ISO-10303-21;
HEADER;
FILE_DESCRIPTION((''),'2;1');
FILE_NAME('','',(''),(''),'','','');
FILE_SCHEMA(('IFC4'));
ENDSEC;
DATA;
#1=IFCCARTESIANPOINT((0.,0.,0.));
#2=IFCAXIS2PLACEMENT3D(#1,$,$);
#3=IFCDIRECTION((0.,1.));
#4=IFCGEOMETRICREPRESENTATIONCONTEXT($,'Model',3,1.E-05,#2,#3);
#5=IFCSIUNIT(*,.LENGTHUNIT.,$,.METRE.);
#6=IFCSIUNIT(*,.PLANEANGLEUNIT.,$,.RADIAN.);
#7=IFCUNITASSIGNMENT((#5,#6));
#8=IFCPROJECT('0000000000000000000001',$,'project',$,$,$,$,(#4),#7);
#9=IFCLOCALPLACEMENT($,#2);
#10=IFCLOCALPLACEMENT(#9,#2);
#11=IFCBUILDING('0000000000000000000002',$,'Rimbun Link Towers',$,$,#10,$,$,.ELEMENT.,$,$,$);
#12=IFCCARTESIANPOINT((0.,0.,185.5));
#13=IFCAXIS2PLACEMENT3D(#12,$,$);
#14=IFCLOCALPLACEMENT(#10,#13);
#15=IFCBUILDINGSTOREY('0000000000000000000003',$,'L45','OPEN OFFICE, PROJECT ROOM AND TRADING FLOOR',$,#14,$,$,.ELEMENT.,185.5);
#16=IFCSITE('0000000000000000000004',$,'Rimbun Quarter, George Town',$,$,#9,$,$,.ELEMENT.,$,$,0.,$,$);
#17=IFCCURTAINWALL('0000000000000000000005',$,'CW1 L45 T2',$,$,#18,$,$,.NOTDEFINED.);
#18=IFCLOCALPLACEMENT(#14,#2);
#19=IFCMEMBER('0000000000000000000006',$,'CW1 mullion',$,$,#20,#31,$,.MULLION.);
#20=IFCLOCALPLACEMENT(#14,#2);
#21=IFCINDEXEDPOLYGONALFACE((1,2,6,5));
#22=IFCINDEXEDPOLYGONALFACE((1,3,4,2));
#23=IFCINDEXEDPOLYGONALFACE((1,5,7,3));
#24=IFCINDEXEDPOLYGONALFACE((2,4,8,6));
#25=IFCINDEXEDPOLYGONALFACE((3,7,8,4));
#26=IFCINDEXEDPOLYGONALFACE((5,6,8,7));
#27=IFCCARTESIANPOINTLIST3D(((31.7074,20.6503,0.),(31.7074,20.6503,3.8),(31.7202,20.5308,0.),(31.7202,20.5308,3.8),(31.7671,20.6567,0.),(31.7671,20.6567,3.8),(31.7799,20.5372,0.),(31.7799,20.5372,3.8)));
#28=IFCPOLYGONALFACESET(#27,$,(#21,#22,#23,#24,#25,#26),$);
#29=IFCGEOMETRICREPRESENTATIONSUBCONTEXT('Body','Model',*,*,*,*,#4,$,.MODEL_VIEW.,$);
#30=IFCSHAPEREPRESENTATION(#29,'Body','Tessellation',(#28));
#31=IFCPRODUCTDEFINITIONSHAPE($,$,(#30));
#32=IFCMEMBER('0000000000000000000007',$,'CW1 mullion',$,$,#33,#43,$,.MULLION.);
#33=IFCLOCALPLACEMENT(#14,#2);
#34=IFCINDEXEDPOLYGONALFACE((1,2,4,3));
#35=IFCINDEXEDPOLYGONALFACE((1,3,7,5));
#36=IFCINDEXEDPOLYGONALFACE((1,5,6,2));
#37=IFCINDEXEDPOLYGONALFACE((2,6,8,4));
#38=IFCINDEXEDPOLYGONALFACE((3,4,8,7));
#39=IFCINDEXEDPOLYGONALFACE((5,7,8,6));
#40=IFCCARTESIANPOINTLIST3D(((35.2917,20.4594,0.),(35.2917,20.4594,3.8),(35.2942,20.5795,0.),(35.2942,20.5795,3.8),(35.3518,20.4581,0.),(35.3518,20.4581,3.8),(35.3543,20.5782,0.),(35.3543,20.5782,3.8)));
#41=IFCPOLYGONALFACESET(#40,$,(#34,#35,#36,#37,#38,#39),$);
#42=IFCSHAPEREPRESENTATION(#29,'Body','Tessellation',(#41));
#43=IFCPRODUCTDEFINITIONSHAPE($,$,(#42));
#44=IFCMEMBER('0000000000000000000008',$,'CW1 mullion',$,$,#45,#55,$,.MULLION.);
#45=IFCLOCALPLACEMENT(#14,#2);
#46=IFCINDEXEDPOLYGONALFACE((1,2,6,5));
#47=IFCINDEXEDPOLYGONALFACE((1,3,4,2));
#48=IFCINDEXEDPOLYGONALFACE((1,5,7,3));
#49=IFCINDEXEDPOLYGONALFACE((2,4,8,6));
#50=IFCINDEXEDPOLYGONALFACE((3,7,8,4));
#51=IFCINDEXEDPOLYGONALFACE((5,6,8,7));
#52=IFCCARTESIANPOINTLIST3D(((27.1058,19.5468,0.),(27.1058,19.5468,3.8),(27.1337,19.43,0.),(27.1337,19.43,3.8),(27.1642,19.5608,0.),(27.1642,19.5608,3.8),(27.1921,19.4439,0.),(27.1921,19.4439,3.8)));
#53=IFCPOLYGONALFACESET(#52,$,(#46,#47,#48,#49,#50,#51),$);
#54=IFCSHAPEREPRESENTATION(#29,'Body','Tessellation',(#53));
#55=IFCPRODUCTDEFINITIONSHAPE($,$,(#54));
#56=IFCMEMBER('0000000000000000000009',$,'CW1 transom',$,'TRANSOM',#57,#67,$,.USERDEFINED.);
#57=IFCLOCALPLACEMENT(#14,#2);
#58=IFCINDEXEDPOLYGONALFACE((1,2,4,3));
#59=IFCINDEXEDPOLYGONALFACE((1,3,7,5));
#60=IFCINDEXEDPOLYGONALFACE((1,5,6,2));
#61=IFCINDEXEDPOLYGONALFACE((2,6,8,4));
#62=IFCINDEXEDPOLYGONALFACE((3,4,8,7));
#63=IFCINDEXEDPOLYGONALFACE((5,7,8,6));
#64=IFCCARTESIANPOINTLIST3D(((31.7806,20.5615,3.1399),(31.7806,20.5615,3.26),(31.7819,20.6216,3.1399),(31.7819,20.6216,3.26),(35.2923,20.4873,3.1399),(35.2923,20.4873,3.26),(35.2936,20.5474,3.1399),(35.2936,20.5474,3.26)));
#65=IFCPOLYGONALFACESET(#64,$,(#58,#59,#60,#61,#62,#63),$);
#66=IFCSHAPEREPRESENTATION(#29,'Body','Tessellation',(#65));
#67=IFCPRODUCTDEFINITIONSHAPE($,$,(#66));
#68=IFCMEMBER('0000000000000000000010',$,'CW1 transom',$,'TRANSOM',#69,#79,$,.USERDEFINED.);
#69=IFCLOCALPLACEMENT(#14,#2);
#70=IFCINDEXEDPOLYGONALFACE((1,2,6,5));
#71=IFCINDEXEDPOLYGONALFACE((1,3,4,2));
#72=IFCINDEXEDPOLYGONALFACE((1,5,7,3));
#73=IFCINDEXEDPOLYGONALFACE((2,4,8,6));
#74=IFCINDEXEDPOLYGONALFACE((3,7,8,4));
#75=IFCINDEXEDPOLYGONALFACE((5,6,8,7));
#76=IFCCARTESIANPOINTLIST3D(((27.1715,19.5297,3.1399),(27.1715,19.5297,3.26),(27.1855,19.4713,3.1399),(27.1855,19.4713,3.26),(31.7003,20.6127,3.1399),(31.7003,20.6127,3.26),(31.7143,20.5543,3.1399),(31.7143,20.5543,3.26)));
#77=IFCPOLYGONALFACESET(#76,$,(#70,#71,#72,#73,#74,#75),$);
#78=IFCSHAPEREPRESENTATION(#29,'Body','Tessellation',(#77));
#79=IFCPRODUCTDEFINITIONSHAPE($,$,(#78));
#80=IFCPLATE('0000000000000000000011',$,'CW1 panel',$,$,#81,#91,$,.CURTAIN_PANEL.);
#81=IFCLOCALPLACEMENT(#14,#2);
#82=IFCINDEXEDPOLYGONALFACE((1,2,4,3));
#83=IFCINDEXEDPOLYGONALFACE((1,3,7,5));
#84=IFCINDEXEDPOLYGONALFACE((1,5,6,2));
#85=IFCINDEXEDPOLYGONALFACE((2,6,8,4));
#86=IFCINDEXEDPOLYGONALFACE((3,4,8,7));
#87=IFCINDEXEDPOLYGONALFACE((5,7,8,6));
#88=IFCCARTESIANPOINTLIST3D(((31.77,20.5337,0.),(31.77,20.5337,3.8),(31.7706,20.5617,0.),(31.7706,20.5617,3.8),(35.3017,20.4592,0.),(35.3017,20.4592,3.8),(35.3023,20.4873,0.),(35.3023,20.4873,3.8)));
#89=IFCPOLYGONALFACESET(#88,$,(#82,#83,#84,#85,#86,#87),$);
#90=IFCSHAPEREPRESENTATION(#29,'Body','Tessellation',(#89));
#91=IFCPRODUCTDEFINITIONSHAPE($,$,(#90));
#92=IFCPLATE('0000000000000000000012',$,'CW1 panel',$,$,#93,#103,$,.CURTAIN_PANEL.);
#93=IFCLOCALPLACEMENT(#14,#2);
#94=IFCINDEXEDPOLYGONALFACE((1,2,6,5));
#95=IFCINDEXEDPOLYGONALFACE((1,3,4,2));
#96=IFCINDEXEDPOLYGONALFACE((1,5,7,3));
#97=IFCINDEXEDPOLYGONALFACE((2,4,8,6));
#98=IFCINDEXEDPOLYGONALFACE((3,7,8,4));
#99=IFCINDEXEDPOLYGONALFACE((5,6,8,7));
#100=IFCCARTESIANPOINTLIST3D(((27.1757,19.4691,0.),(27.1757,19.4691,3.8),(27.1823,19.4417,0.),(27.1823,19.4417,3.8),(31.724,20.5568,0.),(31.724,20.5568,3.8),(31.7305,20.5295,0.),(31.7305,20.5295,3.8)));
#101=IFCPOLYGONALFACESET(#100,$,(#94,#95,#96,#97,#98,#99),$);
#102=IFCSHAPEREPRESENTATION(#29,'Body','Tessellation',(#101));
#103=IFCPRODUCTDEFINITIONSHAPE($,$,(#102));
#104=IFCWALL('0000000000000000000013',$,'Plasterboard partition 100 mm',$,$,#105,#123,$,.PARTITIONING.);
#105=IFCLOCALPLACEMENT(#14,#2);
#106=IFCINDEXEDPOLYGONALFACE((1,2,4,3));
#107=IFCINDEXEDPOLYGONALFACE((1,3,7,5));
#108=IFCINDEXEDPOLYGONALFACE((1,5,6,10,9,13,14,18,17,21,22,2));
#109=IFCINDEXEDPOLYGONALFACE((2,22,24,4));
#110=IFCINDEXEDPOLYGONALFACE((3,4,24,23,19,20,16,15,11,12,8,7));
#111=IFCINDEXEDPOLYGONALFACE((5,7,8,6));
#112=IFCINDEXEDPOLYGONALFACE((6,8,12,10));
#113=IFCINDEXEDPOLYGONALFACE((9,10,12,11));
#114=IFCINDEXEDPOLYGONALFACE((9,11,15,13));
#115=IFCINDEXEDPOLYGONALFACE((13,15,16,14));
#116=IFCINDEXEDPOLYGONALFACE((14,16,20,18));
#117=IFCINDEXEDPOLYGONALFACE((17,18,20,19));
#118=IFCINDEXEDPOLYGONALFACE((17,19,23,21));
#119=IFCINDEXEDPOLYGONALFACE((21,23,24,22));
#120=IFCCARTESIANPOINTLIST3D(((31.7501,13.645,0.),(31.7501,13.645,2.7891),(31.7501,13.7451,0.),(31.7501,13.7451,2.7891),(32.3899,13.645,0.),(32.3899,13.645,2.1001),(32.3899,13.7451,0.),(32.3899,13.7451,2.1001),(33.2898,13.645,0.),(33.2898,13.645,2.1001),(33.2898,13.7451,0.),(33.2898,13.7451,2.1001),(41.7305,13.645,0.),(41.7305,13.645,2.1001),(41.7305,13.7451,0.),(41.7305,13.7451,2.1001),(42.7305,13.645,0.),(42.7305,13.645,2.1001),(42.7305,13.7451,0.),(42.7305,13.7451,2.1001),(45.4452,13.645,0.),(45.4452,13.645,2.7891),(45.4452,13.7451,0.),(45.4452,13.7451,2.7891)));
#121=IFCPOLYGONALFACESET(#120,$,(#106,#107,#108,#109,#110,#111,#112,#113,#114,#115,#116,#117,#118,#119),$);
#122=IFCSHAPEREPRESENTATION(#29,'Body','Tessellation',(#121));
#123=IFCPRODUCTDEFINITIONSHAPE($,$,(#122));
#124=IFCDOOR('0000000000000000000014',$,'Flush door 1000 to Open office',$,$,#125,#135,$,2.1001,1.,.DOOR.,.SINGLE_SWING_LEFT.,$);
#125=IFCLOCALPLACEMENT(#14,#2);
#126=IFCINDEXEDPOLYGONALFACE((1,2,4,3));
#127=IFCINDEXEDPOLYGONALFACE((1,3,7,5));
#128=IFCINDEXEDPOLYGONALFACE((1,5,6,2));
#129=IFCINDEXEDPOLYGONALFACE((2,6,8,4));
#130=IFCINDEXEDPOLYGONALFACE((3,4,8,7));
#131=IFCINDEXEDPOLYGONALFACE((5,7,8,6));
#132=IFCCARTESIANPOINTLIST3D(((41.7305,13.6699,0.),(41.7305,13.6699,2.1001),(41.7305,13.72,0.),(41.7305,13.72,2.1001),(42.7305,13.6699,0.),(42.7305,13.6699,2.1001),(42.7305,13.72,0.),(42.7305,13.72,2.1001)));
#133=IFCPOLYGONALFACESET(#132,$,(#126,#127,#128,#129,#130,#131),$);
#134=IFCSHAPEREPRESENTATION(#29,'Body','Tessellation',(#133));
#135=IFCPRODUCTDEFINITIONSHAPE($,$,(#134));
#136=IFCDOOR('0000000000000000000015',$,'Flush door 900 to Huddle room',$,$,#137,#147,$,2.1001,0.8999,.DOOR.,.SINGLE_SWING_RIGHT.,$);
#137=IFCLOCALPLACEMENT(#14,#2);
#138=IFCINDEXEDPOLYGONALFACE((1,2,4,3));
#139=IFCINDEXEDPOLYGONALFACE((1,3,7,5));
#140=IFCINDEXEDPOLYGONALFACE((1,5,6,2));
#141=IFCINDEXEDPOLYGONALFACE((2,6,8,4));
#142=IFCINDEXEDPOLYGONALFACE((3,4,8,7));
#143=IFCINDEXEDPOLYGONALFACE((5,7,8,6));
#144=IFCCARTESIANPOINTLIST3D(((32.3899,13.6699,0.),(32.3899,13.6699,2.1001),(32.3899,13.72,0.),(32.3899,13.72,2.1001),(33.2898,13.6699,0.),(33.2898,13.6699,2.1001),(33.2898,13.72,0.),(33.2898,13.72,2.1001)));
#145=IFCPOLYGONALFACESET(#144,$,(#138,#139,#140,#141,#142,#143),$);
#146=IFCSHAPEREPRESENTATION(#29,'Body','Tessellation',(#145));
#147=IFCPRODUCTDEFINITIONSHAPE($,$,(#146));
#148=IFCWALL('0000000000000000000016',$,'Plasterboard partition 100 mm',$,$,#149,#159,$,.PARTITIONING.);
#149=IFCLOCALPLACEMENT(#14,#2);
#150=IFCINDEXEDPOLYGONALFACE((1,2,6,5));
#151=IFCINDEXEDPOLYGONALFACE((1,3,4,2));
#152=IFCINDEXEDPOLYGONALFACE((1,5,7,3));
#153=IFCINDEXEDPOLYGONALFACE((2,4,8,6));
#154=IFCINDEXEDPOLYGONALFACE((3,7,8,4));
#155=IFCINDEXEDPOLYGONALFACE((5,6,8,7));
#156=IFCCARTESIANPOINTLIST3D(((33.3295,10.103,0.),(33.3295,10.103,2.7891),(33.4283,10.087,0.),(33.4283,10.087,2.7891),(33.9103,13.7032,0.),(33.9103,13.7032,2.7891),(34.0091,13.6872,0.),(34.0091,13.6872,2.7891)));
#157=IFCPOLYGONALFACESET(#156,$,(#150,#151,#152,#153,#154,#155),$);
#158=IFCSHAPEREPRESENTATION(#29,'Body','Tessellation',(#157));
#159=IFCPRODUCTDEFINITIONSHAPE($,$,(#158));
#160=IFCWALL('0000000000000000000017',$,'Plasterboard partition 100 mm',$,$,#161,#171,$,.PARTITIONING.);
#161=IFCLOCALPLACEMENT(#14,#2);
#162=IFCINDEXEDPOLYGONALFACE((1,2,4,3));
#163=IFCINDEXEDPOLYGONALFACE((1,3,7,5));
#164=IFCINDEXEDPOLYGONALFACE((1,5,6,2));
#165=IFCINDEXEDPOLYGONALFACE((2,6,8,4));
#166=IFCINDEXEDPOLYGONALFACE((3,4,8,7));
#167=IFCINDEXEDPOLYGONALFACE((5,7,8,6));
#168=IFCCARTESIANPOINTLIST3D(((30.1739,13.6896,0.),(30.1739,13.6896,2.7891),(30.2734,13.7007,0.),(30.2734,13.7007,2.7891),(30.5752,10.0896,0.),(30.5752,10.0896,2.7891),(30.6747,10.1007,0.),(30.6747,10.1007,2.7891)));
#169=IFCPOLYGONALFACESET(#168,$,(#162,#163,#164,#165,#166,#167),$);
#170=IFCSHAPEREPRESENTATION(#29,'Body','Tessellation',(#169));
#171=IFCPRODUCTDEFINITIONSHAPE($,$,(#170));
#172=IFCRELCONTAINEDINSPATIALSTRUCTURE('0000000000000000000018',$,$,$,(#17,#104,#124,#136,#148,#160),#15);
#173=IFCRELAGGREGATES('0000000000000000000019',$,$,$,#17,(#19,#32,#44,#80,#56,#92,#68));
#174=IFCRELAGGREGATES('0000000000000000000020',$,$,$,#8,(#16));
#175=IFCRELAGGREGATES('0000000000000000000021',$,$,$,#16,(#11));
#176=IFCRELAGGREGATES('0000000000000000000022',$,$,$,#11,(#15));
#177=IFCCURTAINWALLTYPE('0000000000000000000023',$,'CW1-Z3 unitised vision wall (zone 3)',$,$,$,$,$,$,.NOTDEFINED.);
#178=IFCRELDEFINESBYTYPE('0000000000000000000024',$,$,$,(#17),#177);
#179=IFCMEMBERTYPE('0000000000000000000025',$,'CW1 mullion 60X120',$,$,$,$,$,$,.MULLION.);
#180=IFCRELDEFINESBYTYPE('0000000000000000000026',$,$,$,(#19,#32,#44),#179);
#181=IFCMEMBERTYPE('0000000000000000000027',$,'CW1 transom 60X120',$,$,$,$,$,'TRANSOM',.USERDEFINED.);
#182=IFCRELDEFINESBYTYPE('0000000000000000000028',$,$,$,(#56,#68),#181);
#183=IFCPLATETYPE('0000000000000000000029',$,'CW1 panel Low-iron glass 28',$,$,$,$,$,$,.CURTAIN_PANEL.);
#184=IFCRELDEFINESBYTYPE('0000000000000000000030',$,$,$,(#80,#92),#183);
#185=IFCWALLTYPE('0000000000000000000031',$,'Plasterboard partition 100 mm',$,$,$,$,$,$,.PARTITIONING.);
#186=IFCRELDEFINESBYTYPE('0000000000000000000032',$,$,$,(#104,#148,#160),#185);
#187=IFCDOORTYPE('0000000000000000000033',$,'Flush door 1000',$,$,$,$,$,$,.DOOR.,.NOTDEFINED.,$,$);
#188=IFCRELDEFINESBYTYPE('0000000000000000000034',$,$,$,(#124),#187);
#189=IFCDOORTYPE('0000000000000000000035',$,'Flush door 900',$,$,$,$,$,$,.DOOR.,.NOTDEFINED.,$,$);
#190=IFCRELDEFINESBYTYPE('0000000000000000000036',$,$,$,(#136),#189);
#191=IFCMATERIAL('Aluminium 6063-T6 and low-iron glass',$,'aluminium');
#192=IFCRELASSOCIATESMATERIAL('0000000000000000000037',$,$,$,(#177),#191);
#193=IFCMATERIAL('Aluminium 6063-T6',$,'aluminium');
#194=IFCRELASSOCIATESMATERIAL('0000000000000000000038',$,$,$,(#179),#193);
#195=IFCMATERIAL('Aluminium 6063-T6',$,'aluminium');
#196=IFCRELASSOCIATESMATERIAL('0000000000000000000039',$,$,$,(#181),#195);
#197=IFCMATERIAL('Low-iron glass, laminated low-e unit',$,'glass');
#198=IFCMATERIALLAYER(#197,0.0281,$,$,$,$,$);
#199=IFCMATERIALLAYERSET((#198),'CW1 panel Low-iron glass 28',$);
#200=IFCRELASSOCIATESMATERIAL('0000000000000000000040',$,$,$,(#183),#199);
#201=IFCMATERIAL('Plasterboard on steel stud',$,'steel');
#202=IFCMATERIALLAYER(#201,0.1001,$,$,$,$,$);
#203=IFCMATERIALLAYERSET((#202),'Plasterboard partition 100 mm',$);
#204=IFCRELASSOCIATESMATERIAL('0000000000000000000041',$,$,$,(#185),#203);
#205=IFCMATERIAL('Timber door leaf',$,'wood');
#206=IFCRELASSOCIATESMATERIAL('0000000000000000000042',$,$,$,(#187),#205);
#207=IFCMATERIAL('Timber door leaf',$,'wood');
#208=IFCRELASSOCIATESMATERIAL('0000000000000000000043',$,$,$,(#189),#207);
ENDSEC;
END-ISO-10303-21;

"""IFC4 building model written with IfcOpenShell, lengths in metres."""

from ifc_helpers import new_model, si_unit, direction, frame, frame_2d, origin, origin_2d, place, context, subcontext, project, spatial, rectangle, extrude, material, layer, layer_set, material_profile, profile_set, type_object, element, fill, aggregate, save


model = new_model("IFC4")

# Units and contexts
model_context = context("Model", 3, precision=1e-05, world=origin(), true_north=direction((0.0, 1.0)))
body_context = subcontext(model_context, "Body", "Model", "MODEL_VIEW")
ifc_project = project(units=[si_unit("LENGTHUNIT", "METRE"), si_unit("PLANEANGLEUNIT", "RADIAN")], contexts=[model_context])

# Site, building, storey
site_placement = place(None, origin())
site = spatial("IfcSite", under=ifc_project, at=site_placement, Name="Rimbun Quarter, George Town", CompositionType="ELEMENT", RefElevation=0.0)
building_placement = place(site_placement, origin())
building = spatial("IfcBuilding", under=site, at=building_placement, Name="Rimbun Link Towers", CompositionType="ELEMENT")
storey_placement = place(building_placement, frame((0.0, 0.0, 185.5)))
storey = spatial("IfcBuildingStorey", under=building, at=storey_placement, Name="L45", Description="OPEN OFFICE, PROJECT ROOM AND TRADING FLOOR", CompositionType="ELEMENT", Elevation=185.5)

# Curtain wall, members
ifc_material_1 = material(Name="Aluminium 6063-T6 and low-iron glass", Category="aluminium")
curtain_wall_type = type_object("IfcCurtainWallType", Name="CW1-Z3 unitised vision wall (zone 3)", PredefinedType="NOTDEFINED", material=ifc_material_1)
curtain_wall_placement = place(storey_placement, origin())
curtain_wall = element("IfcCurtainWall", 1, at=curtain_wall_placement, inside=storey, type_object=curtain_wall_type, Name="CW1 L45 T2", PredefinedType="NOTDEFINED")
ifc_material_2 = material(Name="Aluminium 6063-T6", Category="aluminium")
ifc_material_profile_1 = material_profile(ifc_material_2, rectangle(XDim=0.1201, YDim=0.0601, at=origin_2d()), Name="MULLION 60X120")
ifc_profile_set_1 = profile_set([ifc_material_profile_1], Name="Aluminium 6063-T6")
member_type_1 = type_object("IfcMemberType", Name="CW1 mullion 60X120", PredefinedType="MULLION", material=ifc_profile_set_1)
member_1_placement = place(storey_placement, frame((31.7437, 20.5938, 0.0), z_axis=(0.0, 0.0, 1.0), x_axis=(-0.106634, 0.994298, 0.0)))
member_1 = element("IfcMember", 2, at=member_1_placement, type_object=member_type_1, Name="CW1 mullion", PredefinedType="MULLION", context=body_context, shape_type="SweptSolid", body=[
    extrude(rectangle(XDim=0.1201, YDim=0.0601, at=origin_2d()), origin(), (0.0, 0.0, 1.0), 3.8),
])
member_2_placement = place(storey_placement, frame((35.323, 20.5188, 0.0), z_axis=(0.0, 0.0, 1.0), x_axis=(0.021069, 0.999778, 0.0)))
member_2 = element("IfcMember", 3, at=member_2_placement, type_object=member_type_1, Name="CW1 mullion", PredefinedType="MULLION", context=body_context, shape_type="SweptSolid", body=[
    extrude(rectangle(XDim=0.1201, YDim=0.0601, at=origin_2d()), origin(), (0.0, 0.0, 1.0), 3.8),
])
member_3_placement = place(storey_placement, frame((27.1489, 19.4954, 0.0), z_axis=(0.0, 0.0, 1.0), x_axis=(-0.232596, 0.972573, 0.0)))
member_3 = element("IfcMember", 4, at=member_3_placement, type_object=member_type_1, Name="CW1 mullion", PredefinedType="MULLION", context=body_context, shape_type="SweptSolid", body=[
    extrude(rectangle(XDim=0.1201, YDim=0.0601, at=origin_2d()), origin(), (0.0, 0.0, 1.0), 3.8),
])
ifc_material_3 = material(Name="Aluminium 6063-T6", Category="aluminium")
ifc_material_profile_2 = material_profile(ifc_material_3, rectangle(XDim=0.0601, YDim=0.1201, at=origin_2d()), Name="TRANSOM 60X120")
ifc_profile_set_2 = profile_set([ifc_material_profile_2], Name="Aluminium 6063-T6")
member_type_2 = type_object("IfcMemberType", Name="CW1 transom 60X120", ElementType="TRANSOM", PredefinedType="USERDEFINED", material=ifc_profile_set_2)
member_4_placement = place(storey_placement, frame((31.7812, 20.5916, 3.2), z_axis=(0.999777, -0.02113, 0.0), x_axis=(0.02113, 0.999777, 0.0)))
member_4 = element("IfcMember", 5, at=member_4_placement, type_object=member_type_2, Name="CW1 transom", ObjectType="TRANSOM", PredefinedType="USERDEFINED", context=body_context, shape_type="SweptSolid", body=[
    extrude(rectangle(XDim=0.0601, YDim=0.1201, at=origin_2d()), origin(), (0.0, 0.0, 1.0), 3.5125),
])
member_5_placement = place(storey_placement, frame((27.1785, 19.5005, 3.2), z_axis=(0.972577, 0.23258, 0.0), x_axis=(-0.23258, 0.972577, 0.0)))
member_5 = element("IfcMember", 6, at=member_5_placement, type_object=member_type_2, Name="CW1 transom", ObjectType="TRANSOM", PredefinedType="USERDEFINED", context=body_context, shape_type="SweptSolid", body=[
    extrude(rectangle(XDim=0.0601, YDim=0.1201, at=origin_2d()), origin(), (0.0, 0.0, 1.0), 4.6565),
])

# Plates
ifc_material_4 = material(Name="Low-iron glass, laminated low-e unit", Category="glass")
ifc_layer_1 = layer(ifc_material_4, 0.0281)
ifc_layer_set_1 = layer_set([ifc_layer_1], Name="CW1 panel Low-iron glass 28")
plate_type = type_object("IfcPlateType", Name="CW1 panel Low-iron glass 28", PredefinedType="CURTAIN_PANEL", material=ifc_layer_set_1)
plate_1_placement = place(storey_placement, frame((33.5361, 20.5105, 0.0), z_axis=(0.0, 0.0, 1.0), x_axis=(0.999778, -0.021069, 0.0)))
plate_1 = element("IfcPlate", 7, at=plate_1_placement, type_object=plate_type, Name="CW1 panel", PredefinedType="CURTAIN_PANEL", context=body_context, shape_type="SweptSolid", body=[
    extrude(rectangle(XDim=3.5325, YDim=0.0281, at=origin_2d()), origin(), (0.0, 0.0, 1.0), 3.8),
])
plate_2_placement = place(storey_placement, frame((29.4531, 19.9993, 0.0), z_axis=(0.0, 0.0, 1.0), x_axis=(0.972573, 0.232596, 0.0)))
plate_2 = element("IfcPlate", 8, at=plate_2_placement, type_object=plate_type, Name="CW1 panel", PredefinedType="CURTAIN_PANEL", context=body_context, shape_type="SweptSolid", body=[
    extrude(rectangle(XDim=4.6765, YDim=0.0281, at=origin_2d()), origin(), (0.0, 0.0, 1.0), 3.8),
])
aggregate(curtain_wall, [member_1, member_2, member_3, plate_1, member_4, plate_2, member_5])

# Wall, openings, doors
ifc_material_5 = material(Name="Plasterboard on steel stud", Category="steel")
ifc_layer_2 = layer(ifc_material_5, 0.1001)
ifc_layer_set_2 = layer_set([ifc_layer_2], Name="Plasterboard partition 100 mm")
wall_type = type_object("IfcWallType", Name="Plasterboard partition 100 mm", PredefinedType="PARTITIONING", material=ifc_layer_set_2)
wall_1_placement = place(storey_placement, frame((31.75, 13.6951, 0.0), z_axis=(0.0, 0.0, 1.0), x_axis=(1.0, 0.0, 0.0)))
wall_1 = element("IfcWall", 9, at=wall_1_placement, inside=storey, type_object=wall_type, Name="Plasterboard partition 100 mm", PredefinedType="PARTITIONING", context=body_context, shape_type="SweptSolid", body=[
    extrude(rectangle(XDim=13.6951, YDim=0.1001, at=frame_2d((6.8477, 0.0))), origin(), (0.0, 0.0, 1.0), 2.7891),
])
opening_1_placement = place(wall_1_placement, frame((9.9805, 0.0, 0.0)))
opening_1 = element("IfcOpeningElement", 10, at=opening_1_placement, cuts=wall_1, PredefinedType="OPENING", context=body_context, shape_type="SweptSolid", body=[
    extrude(rectangle(XDim=1.0, YDim=2.1001, at=frame_2d((0.5, 1.05))), frame((0.0, 0.0601, 0.0), z_axis=(0.0, -1.0, 0.0), x_axis=(1.0, 0.0, 0.0)), (0.0, 0.0, 1.0), 0.1201),
])
opening_2_placement = place(wall_1_placement, frame((0.6399, 0.0, 0.0)))
opening_2 = element("IfcOpeningElement", 11, at=opening_2_placement, cuts=wall_1, PredefinedType="OPENING", context=body_context, shape_type="SweptSolid", body=[
    extrude(rectangle(XDim=0.8999, YDim=2.1001, at=frame_2d((0.45, 1.05))), frame((0.0, 0.0601, 0.0), z_axis=(0.0, -1.0, 0.0), x_axis=(1.0, 0.0, 0.0)), (0.0, 0.0, 1.0), 0.1201),
])
ifc_material_6 = material(Name="Timber door leaf", Category="wood")
door_type_1 = type_object("IfcDoorType", Name="Flush door 1000", OperationType="NOTDEFINED", PredefinedType="DOOR", material=ifc_material_6)
door_1_placement = place(opening_1_placement, origin())
door_1 = element("IfcDoor", 12, at=door_1_placement, inside=storey, type_object=door_type_1, Name="Flush door 1000 to Open office", OperationType="SINGLE_SWING_LEFT", OverallHeight=2.1001, OverallWidth=1.0, PredefinedType="DOOR", context=body_context, shape_type="SweptSolid", body=[
    extrude(rectangle(XDim=1.0, YDim=2.1001, at=frame_2d((0.5, 1.05))), frame((0.0, 0.0249, 0.0), z_axis=(0.0, -1.0, 0.0), x_axis=(1.0, 0.0, 0.0)), (0.0, 0.0, 1.0), 0.05),
])
fill(opening_1, door_1)
ifc_material_7 = material(Name="Timber door leaf", Category="wood")
door_type_2 = type_object("IfcDoorType", Name="Flush door 900", OperationType="NOTDEFINED", PredefinedType="DOOR", material=ifc_material_7)
door_2_placement = place(opening_2_placement, origin())
door_2 = element("IfcDoor", 13, at=door_2_placement, inside=storey, type_object=door_type_2, Name="Flush door 900 to Huddle room", OperationType="SINGLE_SWING_RIGHT", OverallHeight=2.1001, OverallWidth=0.8999, PredefinedType="DOOR", context=body_context, shape_type="SweptSolid", body=[
    extrude(rectangle(XDim=0.8999, YDim=2.1001, at=frame_2d((0.45, 1.05))), frame((0.0, 0.0249, 0.0), z_axis=(0.0, -1.0, 0.0), x_axis=(1.0, 0.0, 0.0)), (0.0, 0.0, 1.0), 0.05),
])
fill(opening_2, door_2)

# Walls
wall_2_placement = place(storey_placement, frame((33.9597, 13.6951, 0.0), z_axis=(0.0, 0.0, 1.0), x_axis=(-0.159272, -0.987235, 0.0)))
element("IfcWall", 14, at=wall_2_placement, inside=storey, type_object=wall_type, Name="Plasterboard partition 100 mm", PredefinedType="PARTITIONING", context=body_context, shape_type="SweptSolid", body=[
    extrude(rectangle(XDim=3.6467, YDim=0.1001, at=frame_2d((1.8232, 0.0))), origin(), (0.0, 0.0, 1.0), 2.7891),
])
wall_3_placement = place(storey_placement, frame((30.2236, 13.6951, 0.0), z_axis=(0.0, 0.0, 1.0), x_axis=(0.110801, -0.993843, 0.0)))
element("IfcWall", 15, at=wall_3_placement, inside=storey, type_object=wall_type, Name="Plasterboard partition 100 mm", PredefinedType="PARTITIONING", context=body_context, shape_type="SweptSolid", body=[
    extrude(rectangle(XDim=3.6223, YDim=0.1001, at=frame_2d((1.811, 0.0))), origin(), (0.0, 0.0, 1.0), 2.7891),
])

save(model, "model.ifc")
